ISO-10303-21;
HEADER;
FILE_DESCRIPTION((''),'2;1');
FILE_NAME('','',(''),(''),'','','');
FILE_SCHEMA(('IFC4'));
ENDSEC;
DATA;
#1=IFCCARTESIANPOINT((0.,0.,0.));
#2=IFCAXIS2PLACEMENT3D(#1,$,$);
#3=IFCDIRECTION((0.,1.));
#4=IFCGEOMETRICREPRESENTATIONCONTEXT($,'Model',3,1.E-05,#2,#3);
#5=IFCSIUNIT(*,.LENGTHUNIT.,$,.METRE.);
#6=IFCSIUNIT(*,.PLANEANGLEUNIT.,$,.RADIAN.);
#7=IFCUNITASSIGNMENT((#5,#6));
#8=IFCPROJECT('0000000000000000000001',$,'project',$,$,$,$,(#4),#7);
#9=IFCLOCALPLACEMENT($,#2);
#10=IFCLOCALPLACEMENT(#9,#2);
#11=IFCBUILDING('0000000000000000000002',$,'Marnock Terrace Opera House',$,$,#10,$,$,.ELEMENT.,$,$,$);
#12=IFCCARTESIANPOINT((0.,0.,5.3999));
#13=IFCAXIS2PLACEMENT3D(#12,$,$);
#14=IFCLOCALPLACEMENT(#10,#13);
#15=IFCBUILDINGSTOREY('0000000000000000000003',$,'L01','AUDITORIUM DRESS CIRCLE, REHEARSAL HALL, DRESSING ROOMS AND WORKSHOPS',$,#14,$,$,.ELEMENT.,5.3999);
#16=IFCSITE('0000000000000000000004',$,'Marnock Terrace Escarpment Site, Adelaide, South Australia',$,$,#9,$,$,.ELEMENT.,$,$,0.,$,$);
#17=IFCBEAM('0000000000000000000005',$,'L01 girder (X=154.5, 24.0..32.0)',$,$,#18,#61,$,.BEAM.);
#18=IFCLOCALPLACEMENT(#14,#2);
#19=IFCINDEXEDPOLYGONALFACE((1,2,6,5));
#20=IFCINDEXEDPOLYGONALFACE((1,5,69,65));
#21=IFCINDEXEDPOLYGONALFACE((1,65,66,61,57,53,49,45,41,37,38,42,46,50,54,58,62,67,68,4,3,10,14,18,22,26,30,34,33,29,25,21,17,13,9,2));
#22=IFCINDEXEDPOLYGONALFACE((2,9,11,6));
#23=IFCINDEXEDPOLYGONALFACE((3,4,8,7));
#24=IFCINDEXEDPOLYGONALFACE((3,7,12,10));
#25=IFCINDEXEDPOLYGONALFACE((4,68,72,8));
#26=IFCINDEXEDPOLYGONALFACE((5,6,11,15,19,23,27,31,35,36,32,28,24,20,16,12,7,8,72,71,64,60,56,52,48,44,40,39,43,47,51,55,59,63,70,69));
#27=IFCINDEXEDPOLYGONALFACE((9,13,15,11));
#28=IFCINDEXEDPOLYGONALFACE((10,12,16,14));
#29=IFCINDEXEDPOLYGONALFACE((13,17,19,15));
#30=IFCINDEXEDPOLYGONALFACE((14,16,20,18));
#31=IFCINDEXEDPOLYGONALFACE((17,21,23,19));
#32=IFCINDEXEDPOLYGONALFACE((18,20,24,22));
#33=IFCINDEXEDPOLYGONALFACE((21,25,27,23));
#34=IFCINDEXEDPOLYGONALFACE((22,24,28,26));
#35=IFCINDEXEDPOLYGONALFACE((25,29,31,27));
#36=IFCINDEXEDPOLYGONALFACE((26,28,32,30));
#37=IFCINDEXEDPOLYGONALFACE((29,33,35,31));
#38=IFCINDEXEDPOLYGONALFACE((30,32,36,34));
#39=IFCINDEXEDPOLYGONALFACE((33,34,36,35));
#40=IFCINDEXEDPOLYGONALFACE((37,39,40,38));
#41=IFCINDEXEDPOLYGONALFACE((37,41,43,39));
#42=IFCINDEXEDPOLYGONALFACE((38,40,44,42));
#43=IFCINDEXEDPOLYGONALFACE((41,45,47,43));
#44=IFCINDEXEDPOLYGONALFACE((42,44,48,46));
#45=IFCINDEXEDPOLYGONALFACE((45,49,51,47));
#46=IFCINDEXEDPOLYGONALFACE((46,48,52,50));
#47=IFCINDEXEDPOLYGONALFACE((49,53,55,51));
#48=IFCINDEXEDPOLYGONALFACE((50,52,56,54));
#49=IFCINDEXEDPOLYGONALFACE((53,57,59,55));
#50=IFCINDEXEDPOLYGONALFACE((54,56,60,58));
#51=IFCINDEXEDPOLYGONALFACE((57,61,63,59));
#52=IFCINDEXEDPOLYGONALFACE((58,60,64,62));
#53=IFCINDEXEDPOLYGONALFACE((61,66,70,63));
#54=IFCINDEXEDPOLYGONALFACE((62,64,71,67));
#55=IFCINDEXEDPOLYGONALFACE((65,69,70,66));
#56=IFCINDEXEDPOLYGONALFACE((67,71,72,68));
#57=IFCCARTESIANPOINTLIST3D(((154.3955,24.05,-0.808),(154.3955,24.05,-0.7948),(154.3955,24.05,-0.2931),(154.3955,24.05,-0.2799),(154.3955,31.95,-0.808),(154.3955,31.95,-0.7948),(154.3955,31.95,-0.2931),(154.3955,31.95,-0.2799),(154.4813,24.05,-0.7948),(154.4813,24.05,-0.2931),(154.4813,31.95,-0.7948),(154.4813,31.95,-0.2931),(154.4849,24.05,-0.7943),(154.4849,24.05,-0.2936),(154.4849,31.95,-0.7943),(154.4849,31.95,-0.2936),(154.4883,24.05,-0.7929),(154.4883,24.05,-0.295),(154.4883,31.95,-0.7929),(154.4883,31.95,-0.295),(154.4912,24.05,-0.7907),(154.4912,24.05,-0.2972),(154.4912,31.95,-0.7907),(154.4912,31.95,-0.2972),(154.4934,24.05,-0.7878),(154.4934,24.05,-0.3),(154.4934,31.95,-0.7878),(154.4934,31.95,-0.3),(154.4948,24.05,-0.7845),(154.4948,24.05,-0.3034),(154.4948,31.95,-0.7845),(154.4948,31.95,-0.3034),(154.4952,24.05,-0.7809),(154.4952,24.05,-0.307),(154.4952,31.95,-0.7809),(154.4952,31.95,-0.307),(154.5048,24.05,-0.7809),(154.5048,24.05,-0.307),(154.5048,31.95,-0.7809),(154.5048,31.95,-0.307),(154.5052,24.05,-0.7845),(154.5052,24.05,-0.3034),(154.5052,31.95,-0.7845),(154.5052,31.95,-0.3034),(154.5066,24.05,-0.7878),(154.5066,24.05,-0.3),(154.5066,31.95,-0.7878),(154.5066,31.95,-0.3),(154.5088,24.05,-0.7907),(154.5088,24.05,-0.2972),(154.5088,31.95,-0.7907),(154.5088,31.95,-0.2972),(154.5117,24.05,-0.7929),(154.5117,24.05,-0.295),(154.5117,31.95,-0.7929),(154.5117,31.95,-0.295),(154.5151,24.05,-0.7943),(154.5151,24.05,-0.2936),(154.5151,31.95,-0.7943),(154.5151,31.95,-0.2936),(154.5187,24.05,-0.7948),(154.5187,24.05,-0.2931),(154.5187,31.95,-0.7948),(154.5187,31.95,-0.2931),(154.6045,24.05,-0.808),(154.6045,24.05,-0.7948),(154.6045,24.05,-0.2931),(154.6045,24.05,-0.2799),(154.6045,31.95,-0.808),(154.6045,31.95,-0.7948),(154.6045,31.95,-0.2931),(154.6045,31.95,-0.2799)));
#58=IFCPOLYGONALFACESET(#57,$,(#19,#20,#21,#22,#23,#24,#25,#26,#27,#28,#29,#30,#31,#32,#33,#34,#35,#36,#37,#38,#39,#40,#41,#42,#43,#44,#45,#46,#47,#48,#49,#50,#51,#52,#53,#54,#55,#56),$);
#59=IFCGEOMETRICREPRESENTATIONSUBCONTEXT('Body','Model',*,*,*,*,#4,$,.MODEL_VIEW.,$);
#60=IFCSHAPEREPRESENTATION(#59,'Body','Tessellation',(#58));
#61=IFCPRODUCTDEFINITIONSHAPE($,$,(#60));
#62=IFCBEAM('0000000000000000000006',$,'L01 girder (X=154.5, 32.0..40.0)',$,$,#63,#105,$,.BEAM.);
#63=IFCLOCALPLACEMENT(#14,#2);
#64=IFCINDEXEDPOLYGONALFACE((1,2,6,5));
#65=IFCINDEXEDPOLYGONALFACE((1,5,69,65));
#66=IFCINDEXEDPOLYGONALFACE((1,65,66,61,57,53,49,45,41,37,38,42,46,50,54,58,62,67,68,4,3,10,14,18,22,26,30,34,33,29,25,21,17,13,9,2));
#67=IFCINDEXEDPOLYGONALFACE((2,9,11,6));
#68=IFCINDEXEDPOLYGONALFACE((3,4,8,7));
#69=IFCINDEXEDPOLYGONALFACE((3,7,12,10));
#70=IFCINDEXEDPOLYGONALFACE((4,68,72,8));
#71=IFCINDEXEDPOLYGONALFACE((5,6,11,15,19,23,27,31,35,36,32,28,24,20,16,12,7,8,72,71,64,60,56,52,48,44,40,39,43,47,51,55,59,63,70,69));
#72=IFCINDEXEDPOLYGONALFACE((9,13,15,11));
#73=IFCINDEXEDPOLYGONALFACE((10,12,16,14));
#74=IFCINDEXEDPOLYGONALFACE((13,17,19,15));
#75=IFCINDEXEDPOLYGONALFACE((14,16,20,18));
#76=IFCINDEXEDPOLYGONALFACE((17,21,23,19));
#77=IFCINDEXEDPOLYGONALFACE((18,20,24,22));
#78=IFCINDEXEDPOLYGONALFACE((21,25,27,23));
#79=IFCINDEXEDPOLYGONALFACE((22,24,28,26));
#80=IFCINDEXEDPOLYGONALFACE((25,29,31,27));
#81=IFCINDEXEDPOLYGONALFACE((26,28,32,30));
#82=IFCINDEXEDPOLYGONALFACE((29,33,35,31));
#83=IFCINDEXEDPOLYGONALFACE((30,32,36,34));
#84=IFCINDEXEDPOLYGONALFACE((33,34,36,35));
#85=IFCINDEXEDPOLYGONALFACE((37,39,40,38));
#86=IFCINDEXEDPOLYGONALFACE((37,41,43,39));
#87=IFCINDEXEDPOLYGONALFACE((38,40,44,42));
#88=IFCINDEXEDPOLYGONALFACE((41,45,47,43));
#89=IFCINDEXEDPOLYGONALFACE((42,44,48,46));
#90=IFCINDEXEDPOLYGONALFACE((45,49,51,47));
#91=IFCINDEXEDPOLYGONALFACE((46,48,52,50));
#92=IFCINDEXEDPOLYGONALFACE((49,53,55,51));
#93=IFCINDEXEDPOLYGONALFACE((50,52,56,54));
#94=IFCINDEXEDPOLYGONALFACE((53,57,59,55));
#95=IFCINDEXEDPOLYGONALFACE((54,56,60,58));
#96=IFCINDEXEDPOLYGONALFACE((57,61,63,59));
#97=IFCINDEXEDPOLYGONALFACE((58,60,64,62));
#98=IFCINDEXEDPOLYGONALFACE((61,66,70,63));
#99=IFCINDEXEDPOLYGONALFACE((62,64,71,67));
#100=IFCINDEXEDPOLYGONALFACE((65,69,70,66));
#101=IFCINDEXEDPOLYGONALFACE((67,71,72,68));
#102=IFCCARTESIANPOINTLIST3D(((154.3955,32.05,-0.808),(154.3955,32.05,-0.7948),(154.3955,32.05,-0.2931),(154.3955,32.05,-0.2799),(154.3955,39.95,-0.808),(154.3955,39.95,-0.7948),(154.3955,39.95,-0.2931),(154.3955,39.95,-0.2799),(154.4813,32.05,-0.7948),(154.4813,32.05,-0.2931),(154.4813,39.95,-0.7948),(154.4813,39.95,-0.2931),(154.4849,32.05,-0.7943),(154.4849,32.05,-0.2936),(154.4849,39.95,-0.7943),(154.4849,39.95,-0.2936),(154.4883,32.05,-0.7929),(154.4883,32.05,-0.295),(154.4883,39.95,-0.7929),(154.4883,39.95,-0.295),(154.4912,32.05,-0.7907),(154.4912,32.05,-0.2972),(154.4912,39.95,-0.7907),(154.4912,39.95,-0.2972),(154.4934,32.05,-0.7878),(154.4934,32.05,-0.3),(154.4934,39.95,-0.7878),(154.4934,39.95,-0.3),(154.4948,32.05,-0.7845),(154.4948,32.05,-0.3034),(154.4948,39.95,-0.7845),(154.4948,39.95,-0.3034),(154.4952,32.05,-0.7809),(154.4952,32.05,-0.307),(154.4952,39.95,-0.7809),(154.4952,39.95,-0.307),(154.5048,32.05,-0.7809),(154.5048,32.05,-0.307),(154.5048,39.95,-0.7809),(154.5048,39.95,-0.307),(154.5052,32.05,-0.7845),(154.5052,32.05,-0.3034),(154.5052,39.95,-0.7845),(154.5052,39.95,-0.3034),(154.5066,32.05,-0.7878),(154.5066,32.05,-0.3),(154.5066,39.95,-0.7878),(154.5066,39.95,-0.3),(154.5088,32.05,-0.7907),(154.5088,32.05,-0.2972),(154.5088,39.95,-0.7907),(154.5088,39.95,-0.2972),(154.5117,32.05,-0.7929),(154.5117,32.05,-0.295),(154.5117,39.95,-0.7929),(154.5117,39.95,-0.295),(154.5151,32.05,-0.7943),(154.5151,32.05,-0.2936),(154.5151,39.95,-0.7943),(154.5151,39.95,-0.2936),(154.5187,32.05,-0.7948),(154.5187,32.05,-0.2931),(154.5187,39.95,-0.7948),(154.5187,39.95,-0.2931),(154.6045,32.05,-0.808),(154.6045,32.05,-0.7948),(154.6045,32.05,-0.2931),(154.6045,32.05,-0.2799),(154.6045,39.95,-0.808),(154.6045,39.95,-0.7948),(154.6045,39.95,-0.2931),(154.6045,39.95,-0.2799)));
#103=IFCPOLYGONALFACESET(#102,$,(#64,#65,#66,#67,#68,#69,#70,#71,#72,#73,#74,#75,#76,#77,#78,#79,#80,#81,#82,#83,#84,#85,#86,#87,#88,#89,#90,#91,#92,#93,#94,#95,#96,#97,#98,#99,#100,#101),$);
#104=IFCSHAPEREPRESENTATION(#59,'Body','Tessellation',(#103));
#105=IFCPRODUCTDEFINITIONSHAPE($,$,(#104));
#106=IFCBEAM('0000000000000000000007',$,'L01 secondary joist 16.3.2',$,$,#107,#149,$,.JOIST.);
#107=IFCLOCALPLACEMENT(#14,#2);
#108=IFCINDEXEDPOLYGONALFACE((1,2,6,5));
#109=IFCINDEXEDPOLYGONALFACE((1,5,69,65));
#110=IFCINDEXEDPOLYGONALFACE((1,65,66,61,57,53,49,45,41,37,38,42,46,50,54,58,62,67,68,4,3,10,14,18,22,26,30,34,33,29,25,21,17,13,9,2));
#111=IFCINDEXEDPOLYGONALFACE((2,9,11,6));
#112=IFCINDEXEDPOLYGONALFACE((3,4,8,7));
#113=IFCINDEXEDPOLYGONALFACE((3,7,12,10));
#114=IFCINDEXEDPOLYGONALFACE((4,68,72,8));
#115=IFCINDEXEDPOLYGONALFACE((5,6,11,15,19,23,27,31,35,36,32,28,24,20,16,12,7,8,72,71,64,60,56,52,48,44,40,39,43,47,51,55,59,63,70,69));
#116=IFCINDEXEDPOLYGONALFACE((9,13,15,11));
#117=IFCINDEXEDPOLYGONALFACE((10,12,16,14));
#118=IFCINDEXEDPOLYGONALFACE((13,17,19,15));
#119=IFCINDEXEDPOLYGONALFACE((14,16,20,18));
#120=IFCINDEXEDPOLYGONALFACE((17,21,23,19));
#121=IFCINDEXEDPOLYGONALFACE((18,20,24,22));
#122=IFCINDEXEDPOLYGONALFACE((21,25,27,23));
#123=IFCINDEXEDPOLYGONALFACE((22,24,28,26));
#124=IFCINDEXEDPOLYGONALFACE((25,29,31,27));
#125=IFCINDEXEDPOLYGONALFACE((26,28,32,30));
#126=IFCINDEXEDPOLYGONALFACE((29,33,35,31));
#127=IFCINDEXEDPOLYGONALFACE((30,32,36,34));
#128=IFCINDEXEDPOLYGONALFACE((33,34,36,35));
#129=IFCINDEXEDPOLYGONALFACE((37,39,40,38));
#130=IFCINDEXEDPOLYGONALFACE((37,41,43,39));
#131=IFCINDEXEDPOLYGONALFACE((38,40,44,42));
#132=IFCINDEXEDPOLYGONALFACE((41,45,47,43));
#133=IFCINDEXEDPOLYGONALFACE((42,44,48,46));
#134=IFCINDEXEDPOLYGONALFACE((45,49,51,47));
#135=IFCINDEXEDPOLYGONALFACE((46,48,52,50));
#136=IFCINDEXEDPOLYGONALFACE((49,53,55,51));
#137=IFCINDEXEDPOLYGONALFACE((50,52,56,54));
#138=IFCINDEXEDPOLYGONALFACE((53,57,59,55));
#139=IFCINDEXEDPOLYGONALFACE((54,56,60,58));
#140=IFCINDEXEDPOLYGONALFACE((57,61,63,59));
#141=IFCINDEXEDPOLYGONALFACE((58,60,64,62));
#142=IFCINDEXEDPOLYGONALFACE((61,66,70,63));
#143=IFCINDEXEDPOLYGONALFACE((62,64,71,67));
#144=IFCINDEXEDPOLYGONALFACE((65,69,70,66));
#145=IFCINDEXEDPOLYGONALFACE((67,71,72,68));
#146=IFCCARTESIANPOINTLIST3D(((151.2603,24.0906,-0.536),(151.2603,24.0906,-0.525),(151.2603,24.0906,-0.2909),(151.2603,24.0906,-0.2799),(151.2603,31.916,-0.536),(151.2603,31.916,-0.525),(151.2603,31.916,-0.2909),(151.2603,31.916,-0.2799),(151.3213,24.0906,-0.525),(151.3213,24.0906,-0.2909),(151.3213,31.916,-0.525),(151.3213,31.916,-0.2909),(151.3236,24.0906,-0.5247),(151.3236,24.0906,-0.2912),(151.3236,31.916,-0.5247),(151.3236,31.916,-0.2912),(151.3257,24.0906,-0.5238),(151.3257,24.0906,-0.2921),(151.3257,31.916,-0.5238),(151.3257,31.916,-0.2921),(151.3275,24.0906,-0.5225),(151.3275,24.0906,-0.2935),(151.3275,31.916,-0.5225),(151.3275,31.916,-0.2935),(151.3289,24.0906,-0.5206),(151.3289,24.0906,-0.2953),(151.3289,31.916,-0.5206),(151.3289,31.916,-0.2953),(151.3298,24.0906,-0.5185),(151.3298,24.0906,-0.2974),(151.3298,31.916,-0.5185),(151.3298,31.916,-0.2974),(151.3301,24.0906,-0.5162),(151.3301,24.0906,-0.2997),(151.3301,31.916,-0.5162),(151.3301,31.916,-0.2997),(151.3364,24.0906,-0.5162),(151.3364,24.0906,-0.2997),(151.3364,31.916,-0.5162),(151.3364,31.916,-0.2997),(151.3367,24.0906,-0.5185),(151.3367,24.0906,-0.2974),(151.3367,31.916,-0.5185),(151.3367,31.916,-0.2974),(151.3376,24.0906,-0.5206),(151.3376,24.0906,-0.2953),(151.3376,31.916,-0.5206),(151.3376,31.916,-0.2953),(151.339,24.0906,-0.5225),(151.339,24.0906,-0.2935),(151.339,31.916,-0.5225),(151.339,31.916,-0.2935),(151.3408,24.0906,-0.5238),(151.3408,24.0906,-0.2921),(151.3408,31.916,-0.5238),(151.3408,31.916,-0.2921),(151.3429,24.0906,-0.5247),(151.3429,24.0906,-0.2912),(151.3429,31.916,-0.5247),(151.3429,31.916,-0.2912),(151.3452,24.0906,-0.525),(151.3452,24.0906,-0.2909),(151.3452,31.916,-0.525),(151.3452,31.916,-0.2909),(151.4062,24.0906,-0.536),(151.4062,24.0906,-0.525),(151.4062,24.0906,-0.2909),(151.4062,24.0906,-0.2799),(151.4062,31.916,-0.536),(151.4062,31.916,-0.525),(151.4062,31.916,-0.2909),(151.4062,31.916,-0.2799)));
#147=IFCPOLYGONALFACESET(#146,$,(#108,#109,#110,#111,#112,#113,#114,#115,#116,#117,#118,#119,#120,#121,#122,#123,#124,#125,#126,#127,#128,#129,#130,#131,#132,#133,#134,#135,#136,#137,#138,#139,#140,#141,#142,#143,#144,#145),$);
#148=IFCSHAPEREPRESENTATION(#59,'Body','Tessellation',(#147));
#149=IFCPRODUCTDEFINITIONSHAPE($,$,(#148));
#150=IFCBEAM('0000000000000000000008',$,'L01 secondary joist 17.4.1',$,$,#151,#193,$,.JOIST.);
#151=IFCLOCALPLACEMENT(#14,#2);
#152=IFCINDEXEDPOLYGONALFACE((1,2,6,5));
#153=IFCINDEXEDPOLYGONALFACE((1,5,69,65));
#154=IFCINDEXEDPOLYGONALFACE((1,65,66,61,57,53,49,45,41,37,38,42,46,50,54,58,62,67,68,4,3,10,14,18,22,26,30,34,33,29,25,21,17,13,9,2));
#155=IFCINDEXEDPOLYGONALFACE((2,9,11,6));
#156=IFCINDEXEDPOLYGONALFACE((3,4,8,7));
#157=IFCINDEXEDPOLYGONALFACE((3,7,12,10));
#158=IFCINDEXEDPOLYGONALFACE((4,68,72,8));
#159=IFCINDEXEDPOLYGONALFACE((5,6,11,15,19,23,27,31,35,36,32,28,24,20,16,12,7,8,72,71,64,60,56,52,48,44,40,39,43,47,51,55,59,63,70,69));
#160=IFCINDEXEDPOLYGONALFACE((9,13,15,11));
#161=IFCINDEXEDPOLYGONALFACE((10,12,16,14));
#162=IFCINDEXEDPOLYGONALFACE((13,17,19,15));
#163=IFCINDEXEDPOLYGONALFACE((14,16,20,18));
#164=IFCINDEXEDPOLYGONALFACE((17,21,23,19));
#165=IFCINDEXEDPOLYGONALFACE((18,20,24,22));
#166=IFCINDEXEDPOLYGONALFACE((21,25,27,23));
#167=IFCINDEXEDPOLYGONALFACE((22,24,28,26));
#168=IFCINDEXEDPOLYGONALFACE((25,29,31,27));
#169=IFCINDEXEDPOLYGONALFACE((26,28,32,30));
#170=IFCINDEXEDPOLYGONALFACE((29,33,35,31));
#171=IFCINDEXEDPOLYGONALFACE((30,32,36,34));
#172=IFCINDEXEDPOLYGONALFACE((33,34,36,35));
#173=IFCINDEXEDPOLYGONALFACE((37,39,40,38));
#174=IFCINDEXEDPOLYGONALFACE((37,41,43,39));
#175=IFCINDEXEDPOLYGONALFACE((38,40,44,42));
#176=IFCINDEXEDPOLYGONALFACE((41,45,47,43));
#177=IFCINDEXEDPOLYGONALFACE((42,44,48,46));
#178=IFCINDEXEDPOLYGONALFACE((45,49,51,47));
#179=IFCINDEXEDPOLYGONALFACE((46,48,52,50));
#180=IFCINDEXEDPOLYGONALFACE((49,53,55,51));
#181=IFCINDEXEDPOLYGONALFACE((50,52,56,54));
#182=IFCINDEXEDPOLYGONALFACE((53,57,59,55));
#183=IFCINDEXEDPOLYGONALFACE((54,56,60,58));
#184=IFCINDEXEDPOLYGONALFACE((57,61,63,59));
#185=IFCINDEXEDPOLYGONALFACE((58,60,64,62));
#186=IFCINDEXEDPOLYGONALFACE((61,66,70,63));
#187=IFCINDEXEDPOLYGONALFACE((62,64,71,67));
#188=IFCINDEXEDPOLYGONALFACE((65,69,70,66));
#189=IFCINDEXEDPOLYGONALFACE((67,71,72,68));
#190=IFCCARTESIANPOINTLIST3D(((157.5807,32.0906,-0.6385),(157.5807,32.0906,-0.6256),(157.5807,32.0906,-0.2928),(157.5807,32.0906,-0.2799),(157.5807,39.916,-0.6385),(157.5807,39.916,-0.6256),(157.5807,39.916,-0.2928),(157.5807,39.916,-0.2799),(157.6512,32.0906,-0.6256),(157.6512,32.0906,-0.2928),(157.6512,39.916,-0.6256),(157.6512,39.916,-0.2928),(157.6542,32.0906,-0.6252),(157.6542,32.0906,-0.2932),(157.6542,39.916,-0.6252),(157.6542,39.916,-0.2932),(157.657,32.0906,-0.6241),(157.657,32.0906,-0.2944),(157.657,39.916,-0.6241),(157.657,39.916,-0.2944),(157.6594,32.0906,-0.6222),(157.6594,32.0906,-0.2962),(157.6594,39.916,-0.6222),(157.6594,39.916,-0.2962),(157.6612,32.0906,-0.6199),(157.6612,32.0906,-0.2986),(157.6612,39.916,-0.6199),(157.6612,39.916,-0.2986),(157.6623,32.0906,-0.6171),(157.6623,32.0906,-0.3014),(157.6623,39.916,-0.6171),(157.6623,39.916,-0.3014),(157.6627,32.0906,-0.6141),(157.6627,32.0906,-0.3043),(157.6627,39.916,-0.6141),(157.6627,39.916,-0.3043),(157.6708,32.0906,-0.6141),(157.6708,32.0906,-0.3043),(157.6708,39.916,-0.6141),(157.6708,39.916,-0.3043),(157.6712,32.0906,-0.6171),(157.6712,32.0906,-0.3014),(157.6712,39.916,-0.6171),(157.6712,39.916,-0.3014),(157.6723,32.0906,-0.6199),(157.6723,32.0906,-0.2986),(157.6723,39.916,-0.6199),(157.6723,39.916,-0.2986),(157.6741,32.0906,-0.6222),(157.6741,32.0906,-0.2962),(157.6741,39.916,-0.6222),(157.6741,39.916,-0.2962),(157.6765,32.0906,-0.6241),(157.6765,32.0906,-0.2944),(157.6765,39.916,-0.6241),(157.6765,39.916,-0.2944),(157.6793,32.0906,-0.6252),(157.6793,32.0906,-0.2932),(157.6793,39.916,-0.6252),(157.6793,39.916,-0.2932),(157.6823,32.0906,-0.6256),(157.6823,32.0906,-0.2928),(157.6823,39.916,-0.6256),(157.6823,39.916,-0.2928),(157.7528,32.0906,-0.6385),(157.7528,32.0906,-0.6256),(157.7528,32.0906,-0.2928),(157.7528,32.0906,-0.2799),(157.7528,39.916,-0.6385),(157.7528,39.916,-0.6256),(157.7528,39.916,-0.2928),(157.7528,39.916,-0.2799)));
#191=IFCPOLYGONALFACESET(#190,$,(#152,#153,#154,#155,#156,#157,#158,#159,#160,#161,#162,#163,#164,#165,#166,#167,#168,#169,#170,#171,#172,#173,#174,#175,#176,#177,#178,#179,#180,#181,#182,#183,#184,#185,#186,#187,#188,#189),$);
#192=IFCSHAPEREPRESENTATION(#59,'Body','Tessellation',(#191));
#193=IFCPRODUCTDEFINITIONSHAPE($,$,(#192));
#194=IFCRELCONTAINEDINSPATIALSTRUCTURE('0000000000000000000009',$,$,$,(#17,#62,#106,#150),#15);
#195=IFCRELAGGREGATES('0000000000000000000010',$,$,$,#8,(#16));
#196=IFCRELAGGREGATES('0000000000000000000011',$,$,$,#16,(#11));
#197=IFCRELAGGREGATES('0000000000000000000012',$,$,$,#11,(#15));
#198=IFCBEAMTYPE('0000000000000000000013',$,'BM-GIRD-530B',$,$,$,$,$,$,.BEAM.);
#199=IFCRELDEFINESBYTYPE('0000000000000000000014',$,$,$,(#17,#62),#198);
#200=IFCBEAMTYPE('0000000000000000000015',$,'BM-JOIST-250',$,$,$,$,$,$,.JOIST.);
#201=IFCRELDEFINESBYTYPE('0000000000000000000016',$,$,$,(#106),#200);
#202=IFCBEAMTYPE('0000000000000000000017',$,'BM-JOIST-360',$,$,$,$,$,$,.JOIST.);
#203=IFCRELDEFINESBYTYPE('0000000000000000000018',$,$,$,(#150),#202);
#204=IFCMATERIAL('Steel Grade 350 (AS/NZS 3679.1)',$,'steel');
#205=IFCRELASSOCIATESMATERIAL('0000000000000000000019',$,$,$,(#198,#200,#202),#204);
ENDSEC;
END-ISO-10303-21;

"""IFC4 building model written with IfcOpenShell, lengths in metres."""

from ifc_helpers import new_model, si_unit, direction, frame, origin, origin_2d, place, context, subcontext, project, spatial, i_section, extrude, material, material_profile, profile_set, type_object, element, save


model = new_model("IFC4")

# Units and contexts
model_context = context("Model", 3, precision=1e-05, world=origin(), true_north=direction((0.0, 1.0)))
body_context = subcontext(model_context, "Body", "Model", "MODEL_VIEW")
ifc_project = project(units=[si_unit("LENGTHUNIT", "METRE"), si_unit("PLANEANGLEUNIT", "RADIAN")], contexts=[model_context])

# Site, building, storey
site_placement = place(None, origin())
site = spatial("IfcSite", under=ifc_project, at=site_placement, Name="Marnock Terrace Escarpment Site, Adelaide, South Australia", CompositionType="ELEMENT", RefElevation=0.0)
building_placement = place(site_placement, origin())
building = spatial("IfcBuilding", under=site, at=building_placement, Name="Marnock Terrace Opera House", CompositionType="ELEMENT")
storey_placement = place(building_placement, frame((0.0, 0.0, 5.3999)))
storey = spatial("IfcBuildingStorey", under=building, at=storey_placement, Name="L01", Description="AUDITORIUM DRESS CIRCLE, REHEARSAL HALL, DRESSING ROOMS AND WORKSHOPS", CompositionType="ELEMENT", Elevation=5.3999)

# Shared definitions
ifc_material_1 = material(Name="Steel Grade 350 (AS/NZS 3679.1)", Category="steel")

# Beams
ifc_material_profile_1 = material_profile(ifc_material_1, i_section(OverallWidth=0.209, OverallDepth=0.5281, WebThickness=0.0095, FlangeThickness=0.0132, FilletRadius=0.0139, at=origin_2d()))
ifc_profile_set_1 = profile_set([ifc_material_profile_1], Name="Steel Grade 350 (AS/NZS 3679.1)")
beam_type_1 = type_object("IfcBeamType", Name="BM-GIRD-530B", PredefinedType="BEAM", material=ifc_profile_set_1)
for number, where, z_axis, x_axis, name in (
    (1, (154.5, 24.05, -0.5439), (0.0, 1.0, 0.0), (-1.0, 0.0, 0.0), "L01 girder (X=154.5, 24.0..32.0)"),
    (2, (154.5, 32.05, -0.5439), (0.0, 1.0, 0.0), (-1.0, 0.0, 0.0), "L01 girder (X=154.5, 32.0..40.0)"),
):
    element("IfcBeam", number, at=place(storey_placement, frame(where, z_axis=z_axis, x_axis=x_axis)), inside=storey, type_object=beam_type_1, Name=name, PredefinedType="BEAM", context=body_context, shape_type="SweptSolid", body=[
        extrude(i_section(OverallWidth=0.209, OverallDepth=0.5281, WebThickness=0.0095, FlangeThickness=0.0132, FilletRadius=0.0139, at=origin_2d()), origin(), (0.0, 0.0, 1.0), 7.8999),
    ])
ifc_material_profile_2 = material_profile(ifc_material_1, i_section(OverallWidth=0.146, OverallDepth=0.2561, WebThickness=0.0063, FlangeThickness=0.011, FilletRadius=0.0088, at=origin_2d()))
ifc_profile_set_2 = profile_set([ifc_material_profile_2], Name="Steel Grade 350 (AS/NZS 3679.1)")
beam_type_2 = type_object("IfcBeamType", Name="BM-JOIST-250", PredefinedType="JOIST", material=ifc_profile_set_2)
beam_1_placement = place(storey_placement, frame((151.3333, 24.0906, -0.408), z_axis=(0.0, 1.0, 0.0), x_axis=(-1.0, 0.0, 0.0)))
element("IfcBeam", 3, at=beam_1_placement, inside=storey, type_object=beam_type_2, Name="L01 secondary joist 16.3.2", PredefinedType="JOIST", context=body_context, shape_type="SweptSolid", body=[
    extrude(i_section(OverallWidth=0.146, OverallDepth=0.2561, WebThickness=0.0063, FlangeThickness=0.011, FilletRadius=0.0088, at=origin_2d()), origin(), (0.0, 0.0, 1.0), 7.8254),
])
ifc_material_profile_3 = material_profile(ifc_material_1, i_section(OverallWidth=0.1721, OverallDepth=0.3586, WebThickness=0.0081, FlangeThickness=0.0129, FilletRadius=0.0115, at=origin_2d()))
ifc_profile_set_3 = profile_set([ifc_material_profile_3], Name="Steel Grade 350 (AS/NZS 3679.1)")
beam_type_3 = type_object("IfcBeamType", Name="BM-JOIST-360", PredefinedType="JOIST", material=ifc_profile_set_3)
for number, where, z_axis, x_axis, name in (
    (4, (157.6667, 32.0906, -0.4592), (0.0, 1.0, 0.0), (-1.0, 0.0, 0.0), "L01 secondary joist 17.4.1"),
):
    element("IfcBeam", number, at=place(storey_placement, frame(where, z_axis=z_axis, x_axis=x_axis)), inside=storey, type_object=beam_type_3, Name=name, PredefinedType="JOIST", context=body_context, shape_type="SweptSolid", body=[
        extrude(i_section(OverallWidth=0.1721, OverallDepth=0.3586, WebThickness=0.0081, FlangeThickness=0.0129, FilletRadius=0.0115, at=origin_2d()), origin(), (0.0, 0.0, 1.0), 7.8254),
    ])

save(model, "model.ifc")
